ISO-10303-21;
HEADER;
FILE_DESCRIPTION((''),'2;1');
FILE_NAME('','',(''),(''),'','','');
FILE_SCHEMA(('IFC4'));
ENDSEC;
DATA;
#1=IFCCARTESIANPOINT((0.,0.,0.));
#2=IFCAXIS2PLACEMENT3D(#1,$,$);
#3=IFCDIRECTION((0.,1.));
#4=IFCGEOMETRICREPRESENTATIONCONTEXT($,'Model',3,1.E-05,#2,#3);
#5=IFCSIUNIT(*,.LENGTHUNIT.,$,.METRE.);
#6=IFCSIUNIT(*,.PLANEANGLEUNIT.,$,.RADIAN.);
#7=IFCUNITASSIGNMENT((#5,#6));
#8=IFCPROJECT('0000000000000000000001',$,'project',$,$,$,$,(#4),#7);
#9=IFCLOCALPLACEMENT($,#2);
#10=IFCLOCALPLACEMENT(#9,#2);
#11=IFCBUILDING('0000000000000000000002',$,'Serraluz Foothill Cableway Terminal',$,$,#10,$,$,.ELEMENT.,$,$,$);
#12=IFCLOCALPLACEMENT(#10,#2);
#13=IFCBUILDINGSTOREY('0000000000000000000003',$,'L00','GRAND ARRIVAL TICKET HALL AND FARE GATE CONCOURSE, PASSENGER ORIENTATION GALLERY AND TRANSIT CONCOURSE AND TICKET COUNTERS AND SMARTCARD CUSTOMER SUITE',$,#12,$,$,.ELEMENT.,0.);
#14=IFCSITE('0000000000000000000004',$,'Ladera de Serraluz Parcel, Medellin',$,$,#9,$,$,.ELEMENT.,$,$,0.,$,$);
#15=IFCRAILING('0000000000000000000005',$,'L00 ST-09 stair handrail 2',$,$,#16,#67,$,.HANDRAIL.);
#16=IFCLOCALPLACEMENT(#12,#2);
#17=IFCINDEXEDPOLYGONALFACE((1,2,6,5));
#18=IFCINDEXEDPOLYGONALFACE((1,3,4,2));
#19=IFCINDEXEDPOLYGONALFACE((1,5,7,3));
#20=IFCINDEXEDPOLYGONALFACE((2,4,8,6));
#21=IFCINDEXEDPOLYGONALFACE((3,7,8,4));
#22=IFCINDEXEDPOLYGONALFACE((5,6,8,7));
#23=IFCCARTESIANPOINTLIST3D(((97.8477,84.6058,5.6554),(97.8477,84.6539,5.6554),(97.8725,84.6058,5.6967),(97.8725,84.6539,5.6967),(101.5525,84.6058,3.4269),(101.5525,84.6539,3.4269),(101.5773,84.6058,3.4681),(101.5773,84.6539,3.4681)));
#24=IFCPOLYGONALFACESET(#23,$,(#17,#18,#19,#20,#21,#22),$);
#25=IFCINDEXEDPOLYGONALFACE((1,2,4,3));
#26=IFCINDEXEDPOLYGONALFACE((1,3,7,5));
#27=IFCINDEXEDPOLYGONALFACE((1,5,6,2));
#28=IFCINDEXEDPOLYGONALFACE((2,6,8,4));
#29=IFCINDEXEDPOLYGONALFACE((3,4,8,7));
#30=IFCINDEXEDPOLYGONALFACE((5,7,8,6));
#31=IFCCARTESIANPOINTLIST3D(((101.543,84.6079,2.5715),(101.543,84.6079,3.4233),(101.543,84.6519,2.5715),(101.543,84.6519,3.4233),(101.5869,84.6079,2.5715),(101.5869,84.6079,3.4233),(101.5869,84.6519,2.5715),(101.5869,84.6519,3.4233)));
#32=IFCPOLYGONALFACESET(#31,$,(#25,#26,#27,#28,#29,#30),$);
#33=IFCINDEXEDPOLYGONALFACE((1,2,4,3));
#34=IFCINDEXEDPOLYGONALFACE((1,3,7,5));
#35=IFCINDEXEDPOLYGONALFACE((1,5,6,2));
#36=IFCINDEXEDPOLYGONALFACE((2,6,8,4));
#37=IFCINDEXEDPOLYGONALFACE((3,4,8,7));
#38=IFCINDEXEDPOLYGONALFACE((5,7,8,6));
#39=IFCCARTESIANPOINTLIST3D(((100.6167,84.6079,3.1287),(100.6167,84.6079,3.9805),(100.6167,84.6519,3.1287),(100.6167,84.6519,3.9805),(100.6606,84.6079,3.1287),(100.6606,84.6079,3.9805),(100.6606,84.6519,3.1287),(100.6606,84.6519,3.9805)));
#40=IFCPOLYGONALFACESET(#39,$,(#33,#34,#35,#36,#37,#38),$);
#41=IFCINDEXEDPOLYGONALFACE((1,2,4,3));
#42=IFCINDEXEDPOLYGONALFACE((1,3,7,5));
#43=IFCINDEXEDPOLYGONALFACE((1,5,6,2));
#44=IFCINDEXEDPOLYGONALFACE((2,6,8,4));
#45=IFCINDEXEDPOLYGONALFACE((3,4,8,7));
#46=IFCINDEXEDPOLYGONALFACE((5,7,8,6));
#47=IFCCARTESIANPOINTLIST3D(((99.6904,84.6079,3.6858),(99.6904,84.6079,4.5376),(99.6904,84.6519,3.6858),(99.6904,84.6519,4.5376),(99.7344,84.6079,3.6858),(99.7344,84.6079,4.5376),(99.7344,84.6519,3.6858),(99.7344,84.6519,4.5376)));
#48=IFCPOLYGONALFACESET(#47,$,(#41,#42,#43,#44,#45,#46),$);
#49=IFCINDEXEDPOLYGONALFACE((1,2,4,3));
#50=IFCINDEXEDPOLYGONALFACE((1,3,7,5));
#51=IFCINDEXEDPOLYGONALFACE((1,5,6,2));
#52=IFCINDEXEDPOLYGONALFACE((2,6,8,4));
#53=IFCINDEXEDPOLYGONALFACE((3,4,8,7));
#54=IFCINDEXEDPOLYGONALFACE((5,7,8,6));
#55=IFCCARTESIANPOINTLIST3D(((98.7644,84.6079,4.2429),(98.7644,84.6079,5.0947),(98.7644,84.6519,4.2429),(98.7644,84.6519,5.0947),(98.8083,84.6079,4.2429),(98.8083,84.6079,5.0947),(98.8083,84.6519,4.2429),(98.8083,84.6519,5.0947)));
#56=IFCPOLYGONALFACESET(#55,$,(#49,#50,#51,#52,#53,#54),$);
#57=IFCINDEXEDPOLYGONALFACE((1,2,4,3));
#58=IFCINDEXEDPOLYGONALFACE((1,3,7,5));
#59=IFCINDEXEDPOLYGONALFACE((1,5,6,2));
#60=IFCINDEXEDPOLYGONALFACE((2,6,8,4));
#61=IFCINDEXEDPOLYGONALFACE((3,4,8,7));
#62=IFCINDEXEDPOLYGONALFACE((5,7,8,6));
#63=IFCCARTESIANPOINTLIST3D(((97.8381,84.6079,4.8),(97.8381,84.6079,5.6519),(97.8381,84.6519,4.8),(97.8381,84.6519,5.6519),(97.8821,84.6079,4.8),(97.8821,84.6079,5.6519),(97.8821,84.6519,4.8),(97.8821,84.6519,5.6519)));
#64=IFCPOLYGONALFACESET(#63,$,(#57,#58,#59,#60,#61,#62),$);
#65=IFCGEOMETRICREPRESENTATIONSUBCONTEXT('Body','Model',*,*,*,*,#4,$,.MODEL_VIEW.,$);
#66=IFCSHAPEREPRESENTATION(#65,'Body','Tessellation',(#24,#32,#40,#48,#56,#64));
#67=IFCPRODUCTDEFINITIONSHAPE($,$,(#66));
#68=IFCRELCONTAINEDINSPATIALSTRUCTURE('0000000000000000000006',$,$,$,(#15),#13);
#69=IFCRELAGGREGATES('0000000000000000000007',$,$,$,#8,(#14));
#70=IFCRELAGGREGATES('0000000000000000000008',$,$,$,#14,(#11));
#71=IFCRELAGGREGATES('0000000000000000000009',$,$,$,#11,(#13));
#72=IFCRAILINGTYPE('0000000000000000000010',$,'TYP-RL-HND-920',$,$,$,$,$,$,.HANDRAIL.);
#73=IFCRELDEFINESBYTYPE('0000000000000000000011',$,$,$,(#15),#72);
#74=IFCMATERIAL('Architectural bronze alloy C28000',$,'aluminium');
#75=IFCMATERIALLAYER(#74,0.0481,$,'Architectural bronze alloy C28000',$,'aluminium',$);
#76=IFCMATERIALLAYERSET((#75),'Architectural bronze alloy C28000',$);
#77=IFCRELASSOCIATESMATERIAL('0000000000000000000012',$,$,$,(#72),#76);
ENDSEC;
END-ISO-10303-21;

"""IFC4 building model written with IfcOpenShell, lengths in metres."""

from ifc_helpers import new_model, si_unit, direction, frame, origin, origin_2d, place, context, subcontext, project, spatial, rectangle, extrude, material, layer, layer_set, type_object, element, save


model = new_model("IFC4")

# Units and contexts
model_context = context("Model", 3, precision=1e-05, world=origin(), true_north=direction((0.0, 1.0)))
body_context = subcontext(model_context, "Body", "Model", "MODEL_VIEW")
ifc_project = project(units=[si_unit("LENGTHUNIT", "METRE"), si_unit("PLANEANGLEUNIT", "RADIAN")], contexts=[model_context])

# Site, building, storey
site_placement = place(None, origin())
site = spatial("IfcSite", under=ifc_project, at=site_placement, Name="Ladera de Serraluz Parcel, Medellin", CompositionType="ELEMENT", RefElevation=0.0)
building_placement = place(site_placement, origin())
building = spatial("IfcBuilding", under=site, at=building_placement, Name="Serraluz Foothill Cableway Terminal", CompositionType="ELEMENT")
storey_placement = place(building_placement, origin())
storey = spatial("IfcBuildingStorey", under=building, at=storey_placement, Name="L00", Description="GRAND ARRIVAL TICKET HALL AND FARE GATE CONCOURSE, PASSENGER ORIENTATION GALLERY AND TRANSIT CONCOURSE AND TICKET COUNTERS AND SMARTCARD CUSTOMER SUITE", CompositionType="ELEMENT", Elevation=0.0)

# Shared definitions
ifc_material_1 = material(Name="Architectural bronze alloy C28000", Category="aluminium")

# Railing
ifc_layer_1 = layer(ifc_material_1, 0.0481, Name="Architectural bronze alloy C28000", Category="aluminium")
ifc_layer_set_1 = layer_set([ifc_layer_1], Name="Architectural bronze alloy C28000")
railing_type_1 = type_object("IfcRailingType", Name="TYP-RL-HND-920", PredefinedType="HANDRAIL", material=ifc_layer_set_1)
railing_1_placement = place(storey_placement, frame((101.5649, 84.6299, 2.5715)))
element("IfcRailing", 1, at=railing_1_placement, inside=storey, type_object=railing_type_1, Name="L00 ST-09 stair handrail 2", PredefinedType="HANDRAIL", context=body_context, shape_type="SweptSolid", body=[
    extrude(rectangle(XDim=0.0481, YDim=0.0481, at=origin_2d()), frame((0.0, 0.0, 0.876), z_axis=(-0.856919, 0.0, 0.51545), x_axis=(0.0, -1.0, 0.0)), (0.0, 0.0, 1.0), 4.3235),
    extrude(rectangle(XDim=0.0439, YDim=0.0439, at=origin_2d()), origin(), (0.0, 0.0, 1.0), 0.8518),
    extrude(rectangle(XDim=0.0439, YDim=0.0439, at=origin_2d()), frame((-0.9263, 0.0, 0.5571)), (0.0, 0.0, 1.0), 0.8518),
    extrude(rectangle(XDim=0.0439, YDim=0.0439, at=origin_2d()), frame((-1.8525, 0.0, 1.1143)), (0.0, 0.0, 1.0), 0.8518),
    extrude(rectangle(XDim=0.0439, YDim=0.0439, at=origin_2d()), frame((-2.7786, 0.0, 1.6714)), (0.0, 0.0, 1.0), 0.8518),
    extrude(rectangle(XDim=0.0439, YDim=0.0439, at=origin_2d()), frame((-3.7048, 0.0, 2.2285)), (0.0, 0.0, 1.0), 0.8518),
])

save(model, "model.ifc")
